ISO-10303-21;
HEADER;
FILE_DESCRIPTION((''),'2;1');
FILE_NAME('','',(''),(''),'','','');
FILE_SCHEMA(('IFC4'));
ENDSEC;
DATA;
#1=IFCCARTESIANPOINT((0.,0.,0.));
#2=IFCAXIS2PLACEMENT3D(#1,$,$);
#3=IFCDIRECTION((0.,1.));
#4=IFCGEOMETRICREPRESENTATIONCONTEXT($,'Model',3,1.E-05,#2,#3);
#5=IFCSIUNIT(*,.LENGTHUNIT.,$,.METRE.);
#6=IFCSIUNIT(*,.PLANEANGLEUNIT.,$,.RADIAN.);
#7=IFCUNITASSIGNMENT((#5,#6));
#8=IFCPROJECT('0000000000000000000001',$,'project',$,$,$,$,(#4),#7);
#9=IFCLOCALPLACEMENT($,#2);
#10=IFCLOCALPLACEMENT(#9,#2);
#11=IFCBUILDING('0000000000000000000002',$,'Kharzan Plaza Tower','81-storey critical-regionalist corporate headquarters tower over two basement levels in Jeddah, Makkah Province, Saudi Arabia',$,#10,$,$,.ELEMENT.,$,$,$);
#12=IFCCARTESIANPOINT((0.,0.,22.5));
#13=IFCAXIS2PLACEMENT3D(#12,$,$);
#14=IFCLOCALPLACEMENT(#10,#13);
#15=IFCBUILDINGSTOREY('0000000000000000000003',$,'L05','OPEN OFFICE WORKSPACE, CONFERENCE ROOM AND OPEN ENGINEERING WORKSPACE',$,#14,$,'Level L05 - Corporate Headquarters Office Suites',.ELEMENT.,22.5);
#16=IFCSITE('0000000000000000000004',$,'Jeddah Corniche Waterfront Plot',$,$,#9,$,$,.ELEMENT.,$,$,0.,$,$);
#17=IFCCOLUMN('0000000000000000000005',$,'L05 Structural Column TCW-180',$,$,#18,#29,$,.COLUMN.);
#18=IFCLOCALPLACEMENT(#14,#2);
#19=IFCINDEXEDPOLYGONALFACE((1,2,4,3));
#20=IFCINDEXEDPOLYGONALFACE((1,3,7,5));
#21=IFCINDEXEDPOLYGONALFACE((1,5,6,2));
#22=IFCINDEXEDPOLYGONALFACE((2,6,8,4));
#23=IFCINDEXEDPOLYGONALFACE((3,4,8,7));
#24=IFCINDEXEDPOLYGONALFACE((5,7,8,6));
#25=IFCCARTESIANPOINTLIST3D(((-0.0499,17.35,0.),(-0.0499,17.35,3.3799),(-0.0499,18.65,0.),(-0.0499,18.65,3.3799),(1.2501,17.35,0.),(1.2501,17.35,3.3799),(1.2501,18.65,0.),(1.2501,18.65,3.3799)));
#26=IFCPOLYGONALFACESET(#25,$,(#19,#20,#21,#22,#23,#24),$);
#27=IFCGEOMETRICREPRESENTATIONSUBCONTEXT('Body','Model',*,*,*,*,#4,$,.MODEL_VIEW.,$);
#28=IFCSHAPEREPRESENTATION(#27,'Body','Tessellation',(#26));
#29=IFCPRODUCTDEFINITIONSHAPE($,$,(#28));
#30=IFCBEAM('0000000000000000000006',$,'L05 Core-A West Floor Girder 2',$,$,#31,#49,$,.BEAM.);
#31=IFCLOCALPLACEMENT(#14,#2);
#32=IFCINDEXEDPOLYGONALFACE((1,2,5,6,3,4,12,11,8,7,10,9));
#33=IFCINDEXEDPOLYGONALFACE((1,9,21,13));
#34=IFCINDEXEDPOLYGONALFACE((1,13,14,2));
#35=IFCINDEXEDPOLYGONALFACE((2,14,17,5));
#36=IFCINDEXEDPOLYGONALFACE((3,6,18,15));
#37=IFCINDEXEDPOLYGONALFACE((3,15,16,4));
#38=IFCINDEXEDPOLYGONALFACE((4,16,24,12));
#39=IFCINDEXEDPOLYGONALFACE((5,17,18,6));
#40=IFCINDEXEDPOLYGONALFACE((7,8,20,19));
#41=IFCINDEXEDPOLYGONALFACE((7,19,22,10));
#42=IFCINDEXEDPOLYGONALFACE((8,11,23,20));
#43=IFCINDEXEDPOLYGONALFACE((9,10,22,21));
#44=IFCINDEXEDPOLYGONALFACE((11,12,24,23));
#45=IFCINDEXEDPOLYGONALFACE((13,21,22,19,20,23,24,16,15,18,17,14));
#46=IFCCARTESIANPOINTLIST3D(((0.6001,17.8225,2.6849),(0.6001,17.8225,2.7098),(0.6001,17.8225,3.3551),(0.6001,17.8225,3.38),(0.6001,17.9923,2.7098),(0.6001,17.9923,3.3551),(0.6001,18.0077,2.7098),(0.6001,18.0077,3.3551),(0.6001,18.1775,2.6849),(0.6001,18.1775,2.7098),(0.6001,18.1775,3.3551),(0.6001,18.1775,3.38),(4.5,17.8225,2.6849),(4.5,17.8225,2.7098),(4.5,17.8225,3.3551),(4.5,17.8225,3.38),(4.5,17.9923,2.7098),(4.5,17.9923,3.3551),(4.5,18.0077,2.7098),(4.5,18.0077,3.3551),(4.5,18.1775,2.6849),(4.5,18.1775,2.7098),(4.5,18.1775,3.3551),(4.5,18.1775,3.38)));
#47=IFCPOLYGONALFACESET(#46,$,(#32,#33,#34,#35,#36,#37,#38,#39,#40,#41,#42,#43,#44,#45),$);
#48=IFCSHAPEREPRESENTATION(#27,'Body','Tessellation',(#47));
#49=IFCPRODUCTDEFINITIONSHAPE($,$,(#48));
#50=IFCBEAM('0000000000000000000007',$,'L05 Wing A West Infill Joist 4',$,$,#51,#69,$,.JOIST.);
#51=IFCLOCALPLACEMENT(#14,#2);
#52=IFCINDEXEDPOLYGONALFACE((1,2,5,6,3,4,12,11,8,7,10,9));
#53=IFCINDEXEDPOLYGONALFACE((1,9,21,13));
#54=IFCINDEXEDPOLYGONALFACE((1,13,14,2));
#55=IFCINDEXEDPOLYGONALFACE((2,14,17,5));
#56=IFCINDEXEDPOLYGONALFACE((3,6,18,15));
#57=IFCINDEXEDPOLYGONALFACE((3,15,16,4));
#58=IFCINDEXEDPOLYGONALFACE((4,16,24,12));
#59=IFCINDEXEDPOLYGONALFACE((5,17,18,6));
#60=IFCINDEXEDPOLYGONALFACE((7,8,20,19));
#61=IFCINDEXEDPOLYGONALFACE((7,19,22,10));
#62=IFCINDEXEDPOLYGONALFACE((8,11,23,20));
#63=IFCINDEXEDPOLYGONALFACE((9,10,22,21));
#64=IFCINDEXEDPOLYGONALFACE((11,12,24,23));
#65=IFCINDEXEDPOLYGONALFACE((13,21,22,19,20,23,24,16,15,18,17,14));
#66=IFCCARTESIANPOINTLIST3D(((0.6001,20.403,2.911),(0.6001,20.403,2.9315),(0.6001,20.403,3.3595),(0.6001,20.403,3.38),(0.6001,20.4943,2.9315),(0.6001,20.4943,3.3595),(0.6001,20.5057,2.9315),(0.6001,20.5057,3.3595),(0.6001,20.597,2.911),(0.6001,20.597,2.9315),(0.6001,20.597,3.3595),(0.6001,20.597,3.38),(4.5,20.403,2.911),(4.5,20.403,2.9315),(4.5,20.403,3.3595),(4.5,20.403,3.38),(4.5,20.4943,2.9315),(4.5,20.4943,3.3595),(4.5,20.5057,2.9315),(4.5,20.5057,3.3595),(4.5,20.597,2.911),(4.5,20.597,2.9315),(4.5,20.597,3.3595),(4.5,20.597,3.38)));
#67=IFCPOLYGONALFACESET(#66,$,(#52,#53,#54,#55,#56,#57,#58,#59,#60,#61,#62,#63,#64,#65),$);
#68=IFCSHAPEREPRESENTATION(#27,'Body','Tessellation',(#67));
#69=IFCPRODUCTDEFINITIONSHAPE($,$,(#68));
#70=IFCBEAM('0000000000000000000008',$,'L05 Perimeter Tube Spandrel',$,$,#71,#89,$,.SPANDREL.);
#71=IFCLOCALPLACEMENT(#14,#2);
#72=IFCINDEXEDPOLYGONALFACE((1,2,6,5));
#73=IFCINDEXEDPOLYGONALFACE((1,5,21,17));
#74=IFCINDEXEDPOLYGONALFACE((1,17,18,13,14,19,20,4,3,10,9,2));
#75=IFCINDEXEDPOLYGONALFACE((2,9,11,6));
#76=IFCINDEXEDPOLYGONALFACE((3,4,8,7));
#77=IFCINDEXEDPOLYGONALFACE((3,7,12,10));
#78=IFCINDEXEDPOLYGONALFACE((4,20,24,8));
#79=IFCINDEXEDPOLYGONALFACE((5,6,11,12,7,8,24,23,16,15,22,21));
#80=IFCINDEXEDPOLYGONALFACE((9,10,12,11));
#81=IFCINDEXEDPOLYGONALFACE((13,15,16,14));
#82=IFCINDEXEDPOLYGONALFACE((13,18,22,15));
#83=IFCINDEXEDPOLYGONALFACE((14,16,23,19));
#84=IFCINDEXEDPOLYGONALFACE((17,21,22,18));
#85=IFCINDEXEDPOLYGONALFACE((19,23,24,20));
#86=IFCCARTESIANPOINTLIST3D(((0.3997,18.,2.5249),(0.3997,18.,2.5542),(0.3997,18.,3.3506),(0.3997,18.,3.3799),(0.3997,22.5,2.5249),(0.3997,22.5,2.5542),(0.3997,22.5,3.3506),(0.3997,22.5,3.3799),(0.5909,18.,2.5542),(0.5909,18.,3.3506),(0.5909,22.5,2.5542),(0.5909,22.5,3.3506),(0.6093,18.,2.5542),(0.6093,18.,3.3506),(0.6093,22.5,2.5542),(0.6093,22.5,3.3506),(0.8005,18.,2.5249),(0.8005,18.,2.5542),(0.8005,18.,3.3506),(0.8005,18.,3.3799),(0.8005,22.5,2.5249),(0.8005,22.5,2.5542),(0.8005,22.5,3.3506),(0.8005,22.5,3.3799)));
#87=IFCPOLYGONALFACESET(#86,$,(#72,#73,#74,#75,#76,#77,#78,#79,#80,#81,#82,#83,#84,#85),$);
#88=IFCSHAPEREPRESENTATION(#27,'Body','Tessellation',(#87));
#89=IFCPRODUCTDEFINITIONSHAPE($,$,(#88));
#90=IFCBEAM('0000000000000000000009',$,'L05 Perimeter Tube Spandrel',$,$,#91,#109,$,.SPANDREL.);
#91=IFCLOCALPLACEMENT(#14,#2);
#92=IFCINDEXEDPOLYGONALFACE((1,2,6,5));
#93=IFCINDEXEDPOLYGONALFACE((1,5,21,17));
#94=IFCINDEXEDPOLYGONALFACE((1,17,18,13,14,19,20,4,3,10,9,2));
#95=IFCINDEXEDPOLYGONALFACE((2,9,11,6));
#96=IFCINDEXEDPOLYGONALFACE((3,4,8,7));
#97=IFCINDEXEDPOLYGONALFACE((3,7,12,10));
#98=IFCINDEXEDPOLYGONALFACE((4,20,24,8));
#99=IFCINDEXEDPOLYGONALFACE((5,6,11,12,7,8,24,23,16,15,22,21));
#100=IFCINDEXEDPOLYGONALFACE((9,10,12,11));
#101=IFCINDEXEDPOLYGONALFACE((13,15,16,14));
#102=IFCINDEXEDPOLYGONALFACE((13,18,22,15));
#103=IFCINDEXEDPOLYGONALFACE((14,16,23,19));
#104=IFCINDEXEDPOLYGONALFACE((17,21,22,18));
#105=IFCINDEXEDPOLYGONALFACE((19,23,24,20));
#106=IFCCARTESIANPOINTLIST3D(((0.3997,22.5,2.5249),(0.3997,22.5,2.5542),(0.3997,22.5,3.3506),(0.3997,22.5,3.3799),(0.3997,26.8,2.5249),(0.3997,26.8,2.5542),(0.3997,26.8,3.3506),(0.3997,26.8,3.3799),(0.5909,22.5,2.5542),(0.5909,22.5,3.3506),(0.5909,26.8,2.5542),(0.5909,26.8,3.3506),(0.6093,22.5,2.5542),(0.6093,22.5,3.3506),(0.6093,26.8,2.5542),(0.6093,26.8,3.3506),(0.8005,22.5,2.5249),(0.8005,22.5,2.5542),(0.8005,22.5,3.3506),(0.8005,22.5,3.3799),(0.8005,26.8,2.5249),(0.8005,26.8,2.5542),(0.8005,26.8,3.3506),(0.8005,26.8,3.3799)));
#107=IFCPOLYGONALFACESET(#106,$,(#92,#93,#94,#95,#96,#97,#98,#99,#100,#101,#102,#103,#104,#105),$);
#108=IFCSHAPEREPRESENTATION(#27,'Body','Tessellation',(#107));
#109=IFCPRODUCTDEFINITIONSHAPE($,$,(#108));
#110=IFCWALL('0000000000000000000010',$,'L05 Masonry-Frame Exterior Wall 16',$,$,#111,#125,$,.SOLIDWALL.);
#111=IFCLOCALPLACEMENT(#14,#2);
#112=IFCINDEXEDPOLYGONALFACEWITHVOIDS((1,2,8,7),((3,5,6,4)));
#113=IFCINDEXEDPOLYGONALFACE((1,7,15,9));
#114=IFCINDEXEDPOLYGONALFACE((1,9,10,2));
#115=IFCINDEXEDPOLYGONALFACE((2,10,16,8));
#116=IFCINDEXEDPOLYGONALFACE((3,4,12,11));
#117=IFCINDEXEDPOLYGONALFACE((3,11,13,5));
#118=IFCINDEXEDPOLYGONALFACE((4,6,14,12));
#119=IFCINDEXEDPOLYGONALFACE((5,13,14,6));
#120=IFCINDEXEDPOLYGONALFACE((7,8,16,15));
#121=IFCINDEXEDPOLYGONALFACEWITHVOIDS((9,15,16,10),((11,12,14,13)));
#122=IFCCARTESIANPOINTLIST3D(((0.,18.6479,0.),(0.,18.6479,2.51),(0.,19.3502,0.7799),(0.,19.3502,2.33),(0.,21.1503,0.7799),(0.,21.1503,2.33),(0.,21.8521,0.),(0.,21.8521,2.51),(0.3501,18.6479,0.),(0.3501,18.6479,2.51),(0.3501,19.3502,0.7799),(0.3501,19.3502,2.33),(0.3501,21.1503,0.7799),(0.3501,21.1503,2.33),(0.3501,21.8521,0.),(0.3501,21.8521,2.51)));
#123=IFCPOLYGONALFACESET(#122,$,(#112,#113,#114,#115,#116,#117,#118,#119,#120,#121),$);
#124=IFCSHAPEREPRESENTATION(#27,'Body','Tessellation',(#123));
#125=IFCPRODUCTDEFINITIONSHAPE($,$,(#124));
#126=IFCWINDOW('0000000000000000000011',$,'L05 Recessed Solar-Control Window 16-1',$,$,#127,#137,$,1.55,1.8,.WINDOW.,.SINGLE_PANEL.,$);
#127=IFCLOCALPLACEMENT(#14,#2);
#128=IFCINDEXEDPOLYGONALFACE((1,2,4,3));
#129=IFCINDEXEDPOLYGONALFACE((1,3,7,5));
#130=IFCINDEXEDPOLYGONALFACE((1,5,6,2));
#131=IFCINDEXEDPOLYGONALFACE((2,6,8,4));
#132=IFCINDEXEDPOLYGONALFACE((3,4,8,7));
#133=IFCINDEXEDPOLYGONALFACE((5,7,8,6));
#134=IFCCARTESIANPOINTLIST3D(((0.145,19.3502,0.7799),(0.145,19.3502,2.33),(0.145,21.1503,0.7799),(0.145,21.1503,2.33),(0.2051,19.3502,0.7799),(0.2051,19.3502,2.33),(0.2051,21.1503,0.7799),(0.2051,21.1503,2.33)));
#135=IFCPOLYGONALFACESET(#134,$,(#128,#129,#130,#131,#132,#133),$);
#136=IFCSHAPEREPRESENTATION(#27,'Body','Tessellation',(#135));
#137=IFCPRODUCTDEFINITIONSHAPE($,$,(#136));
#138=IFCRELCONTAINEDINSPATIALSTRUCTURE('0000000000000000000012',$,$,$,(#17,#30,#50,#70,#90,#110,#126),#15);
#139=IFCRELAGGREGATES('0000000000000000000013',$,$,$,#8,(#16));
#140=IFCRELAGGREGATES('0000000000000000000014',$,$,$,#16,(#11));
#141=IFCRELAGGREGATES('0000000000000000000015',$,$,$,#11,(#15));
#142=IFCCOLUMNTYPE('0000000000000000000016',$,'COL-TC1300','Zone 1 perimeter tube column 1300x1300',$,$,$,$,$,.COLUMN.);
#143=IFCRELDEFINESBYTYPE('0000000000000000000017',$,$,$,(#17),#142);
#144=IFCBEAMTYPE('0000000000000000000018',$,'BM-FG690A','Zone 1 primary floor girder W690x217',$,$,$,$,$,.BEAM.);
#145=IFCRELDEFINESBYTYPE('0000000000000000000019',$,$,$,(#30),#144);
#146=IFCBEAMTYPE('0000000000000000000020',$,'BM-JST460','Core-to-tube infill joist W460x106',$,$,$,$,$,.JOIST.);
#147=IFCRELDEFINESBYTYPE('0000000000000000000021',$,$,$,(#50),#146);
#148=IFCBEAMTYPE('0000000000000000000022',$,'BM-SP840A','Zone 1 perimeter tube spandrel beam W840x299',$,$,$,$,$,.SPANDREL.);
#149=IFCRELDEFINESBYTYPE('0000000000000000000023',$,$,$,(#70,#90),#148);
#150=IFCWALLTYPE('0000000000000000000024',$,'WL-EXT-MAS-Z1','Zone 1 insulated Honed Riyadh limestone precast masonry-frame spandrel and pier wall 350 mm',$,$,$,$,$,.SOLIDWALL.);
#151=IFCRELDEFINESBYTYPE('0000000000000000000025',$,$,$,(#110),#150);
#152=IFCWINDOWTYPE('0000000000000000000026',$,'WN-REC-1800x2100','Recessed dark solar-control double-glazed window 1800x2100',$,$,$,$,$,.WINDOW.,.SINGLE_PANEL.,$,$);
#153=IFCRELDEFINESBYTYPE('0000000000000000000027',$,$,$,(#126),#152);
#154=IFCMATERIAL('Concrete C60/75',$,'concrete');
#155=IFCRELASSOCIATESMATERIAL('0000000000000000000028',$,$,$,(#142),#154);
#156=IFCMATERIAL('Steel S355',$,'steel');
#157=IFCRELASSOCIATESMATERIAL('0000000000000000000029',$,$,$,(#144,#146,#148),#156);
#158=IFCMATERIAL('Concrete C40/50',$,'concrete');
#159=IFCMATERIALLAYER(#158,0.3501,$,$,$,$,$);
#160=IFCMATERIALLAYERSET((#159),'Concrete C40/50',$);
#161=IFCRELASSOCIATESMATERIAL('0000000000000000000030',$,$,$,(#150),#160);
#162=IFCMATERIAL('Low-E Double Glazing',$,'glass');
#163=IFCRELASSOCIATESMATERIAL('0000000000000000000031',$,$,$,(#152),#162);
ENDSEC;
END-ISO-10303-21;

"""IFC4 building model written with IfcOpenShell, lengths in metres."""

from ifc_helpers import new_model, si_unit, direction, frame, frame_2d, origin, origin_2d, place, context, subcontext, project, spatial, rectangle, i_section, extrude, source, transform, mapped, material, layer, layer_set, material_profile, profile_set, type_object, element, fill, save


model = new_model("IFC4")

# Units and contexts
model_context = context("Model", 3, precision=1e-05, world=origin(), true_north=direction((0.0, 1.0)))
body_context = subcontext(model_context, "Body", "Model", "MODEL_VIEW")
ifc_project = project(units=[si_unit("LENGTHUNIT", "METRE"), si_unit("PLANEANGLEUNIT", "RADIAN")], contexts=[model_context])

# Site, building, storey
site_placement = place(None, origin())
site = spatial("IfcSite", under=ifc_project, at=site_placement, Name="Jeddah Corniche Waterfront Plot", CompositionType="ELEMENT", RefElevation=0.0)
building_placement = place(site_placement, origin())
building = spatial("IfcBuilding", under=site, at=building_placement, Name="Kharzan Plaza Tower", Description="81-storey critical-regionalist corporate headquarters tower over two basement levels in Jeddah, Makkah Province, Saudi Arabia", CompositionType="ELEMENT")
storey_placement = place(building_placement, frame((0.0, 0.0, 22.5)))
storey = spatial("IfcBuildingStorey", under=building, at=storey_placement, Name="L05", Description="OPEN OFFICE WORKSPACE, CONFERENCE ROOM AND OPEN ENGINEERING WORKSPACE", LongName="Level L05 - Corporate Headquarters Office Suites", CompositionType="ELEMENT", Elevation=22.5)

# Column
ifc_material_1 = material(Name="Concrete C60/75", Category="concrete")
ifc_material_profile_1 = material_profile(ifc_material_1, rectangle(XDim=1.3, YDim=1.3, at=origin_2d()), Name="RC-TC1300x1300")
ifc_profile_set_1 = profile_set([ifc_material_profile_1], Name="Concrete C60/75")
column_type = type_object("IfcColumnType", Name="COL-TC1300", Description="Zone 1 perimeter tube column 1300x1300", PredefinedType="COLUMN", material=ifc_profile_set_1)
shared_shape_1 = source(origin(), body_context, "Body", "SweptSolid", [
    extrude(rectangle(XDim=1.3, YDim=1.3, at=origin_2d()), origin(), (0.0, 0.0, 1.0), 3.3799),
])
column_placement = place(storey_placement, frame((0.6001, 18.0, 0.0), z_axis=(0.0, 0.0, 1.0), x_axis=(1.0, 0.0, 0.0)))
element("IfcColumn", 1, at=column_placement, inside=storey, type_object=column_type, Name="L05 Structural Column TCW-180", PredefinedType="COLUMN", context=body_context, shape_type="MappedRepresentation", body=[
    mapped(shared_shape_1, transform((0.0, 0.0, 0.0), x_axis=(1.0, 0.0, 0.0), y_axis=(0.0, 1.0, 0.0), z_axis=(0.0, 0.0, 1.0))),
])

# Beams
ifc_material_2 = material(Name="Steel S355", Category="steel")
ifc_material_profile_2 = material_profile(ifc_material_2, i_section(OverallWidth=0.355, OverallDepth=0.6951, WebThickness=0.0154, FlangeThickness=0.0249, at=origin_2d()), Name="W690x217")
ifc_profile_set_2 = profile_set([ifc_material_profile_2], Name="Steel S355")
beam_type_1 = type_object("IfcBeamType", Name="BM-FG690A", Description="Zone 1 primary floor girder W690x217", PredefinedType="BEAM", material=ifc_profile_set_2)
shared_shape_2 = source(origin(), body_context, "Body", "SweptSolid", [
    extrude(i_section(OverallWidth=0.355, OverallDepth=0.6951, WebThickness=0.0154, FlangeThickness=0.0249, at=origin_2d()), origin(), (0.0, 0.0, 1.0), 3.8999),
])
beam_1_placement = place(storey_placement, frame((0.6001, 18.0, 3.0325), z_axis=(1.0, 0.0, 0.0), x_axis=(0.0, 1.0, 0.0)))
element("IfcBeam", 2, at=beam_1_placement, inside=storey, type_object=beam_type_1, Name="L05 Core-A West Floor Girder 2", PredefinedType="BEAM", context=body_context, shape_type="MappedRepresentation", body=[
    mapped(shared_shape_2, transform((0.0, 0.0, 0.0), x_axis=(1.0, 0.0, 0.0), y_axis=(0.0, 1.0, 0.0), z_axis=(0.0, 0.0, 1.0))),
])
ifc_material_profile_3 = material_profile(ifc_material_2, i_section(OverallWidth=0.1941, OverallDepth=0.469, WebThickness=0.0115, FlangeThickness=0.0205, at=origin_2d()), Name="W460x106")
ifc_profile_set_3 = profile_set([ifc_material_profile_3], Name="Steel S355")
beam_type_2 = type_object("IfcBeamType", Name="BM-JST460", Description="Core-to-tube infill joist W460x106", PredefinedType="JOIST", material=ifc_profile_set_3)
shared_shape_3 = source(origin(), body_context, "Body", "SweptSolid", [
    extrude(i_section(OverallWidth=0.1941, OverallDepth=0.469, WebThickness=0.0115, FlangeThickness=0.0205, at=origin_2d()), origin(), (0.0, 0.0, 1.0), 3.8999),
])
beam_2_placement = place(storey_placement, frame((0.6001, 20.5, 3.1455), z_axis=(1.0, 0.0, 0.0), x_axis=(0.0, 1.0, 0.0)))
element("IfcBeam", 3, at=beam_2_placement, inside=storey, type_object=beam_type_2, Name="L05 Wing A West Infill Joist 4", PredefinedType="JOIST", context=body_context, shape_type="MappedRepresentation", body=[
    mapped(shared_shape_3, transform((0.0, 0.0, 0.0), x_axis=(1.0, 0.0, 0.0), y_axis=(0.0, 1.0, 0.0), z_axis=(0.0, 0.0, 1.0))),
])
ifc_material_profile_4 = material_profile(ifc_material_2, i_section(OverallWidth=0.4009, OverallDepth=0.855, WebThickness=0.0183, FlangeThickness=0.0293, at=origin_2d()), Name="W840x299")
ifc_profile_set_4 = profile_set([ifc_material_profile_4], Name="Steel S355")
beam_type_3 = type_object("IfcBeamType", Name="BM-SP840A", Description="Zone 1 perimeter tube spandrel beam W840x299", PredefinedType="SPANDREL", material=ifc_profile_set_4)
shared_shape_4 = source(origin(), body_context, "Body", "SweptSolid", [
    extrude(i_section(OverallWidth=0.4009, OverallDepth=0.855, WebThickness=0.0183, FlangeThickness=0.0293, at=origin_2d()), origin(), (0.0, 0.0, 1.0), 4.5),
])
beam_3_placement = place(storey_placement, frame((0.6001, 18.0, 2.9524), z_axis=(0.0, 1.0, 0.0), x_axis=(-1.0, 0.0, 0.0)))
element("IfcBeam", 4, at=beam_3_placement, inside=storey, type_object=beam_type_3, Name="L05 Perimeter Tube Spandrel", PredefinedType="SPANDREL", context=body_context, shape_type="MappedRepresentation", body=[
    mapped(shared_shape_4, transform((0.0, 0.0, 0.0), x_axis=(1.0, 0.0, 0.0), y_axis=(0.0, 1.0, 0.0), z_axis=(0.0, 0.0, 1.0))),
])
shared_shape_5 = source(origin(), body_context, "Body", "SweptSolid", [
    extrude(i_section(OverallWidth=0.4009, OverallDepth=0.855, WebThickness=0.0183, FlangeThickness=0.0293, at=origin_2d()), origin(), (0.0, 0.0, 1.0), 4.3),
])
beam_4_placement = place(storey_placement, frame((0.6001, 22.5, 2.9524), z_axis=(0.0, 1.0, 0.0), x_axis=(-1.0, 0.0, 0.0)))
element("IfcBeam", 5, at=beam_4_placement, inside=storey, type_object=beam_type_3, Name="L05 Perimeter Tube Spandrel", PredefinedType="SPANDREL", context=body_context, shape_type="MappedRepresentation", body=[
    mapped(shared_shape_5, transform((0.0, 0.0, 0.0), x_axis=(1.0, 0.0, 0.0), y_axis=(0.0, 1.0, 0.0), z_axis=(0.0, 0.0, 1.0))),
])

# Wall, opening, window
ifc_material_3 = material(Name="Concrete C40/50", Category="concrete")
ifc_layer_1 = layer(ifc_material_3, 0.3501)
ifc_layer_set_1 = layer_set([ifc_layer_1], Name="Concrete C40/50")
wall_type_1 = type_object("IfcWallType", Name="WL-EXT-MAS-Z1", Description="Zone 1 insulated Honed Riyadh limestone precast masonry-frame spandrel and pier wall 350 mm", PredefinedType="SOLIDWALL", material=ifc_layer_set_1)
wall_1_placement = place(storey_placement, frame((0.175, 21.8521, 0.0), z_axis=(0.0, 0.0, 1.0), x_axis=(0.0, -1.0, 0.0)))
wall_1 = element("IfcWall", 6, at=wall_1_placement, inside=storey, type_object=wall_type_1, Name="L05 Masonry-Frame Exterior Wall 16", PredefinedType="SOLIDWALL", context=body_context, shape_type="SweptSolid", body=[
    extrude(rectangle(XDim=3.2041, YDim=0.3501, at=frame_2d((1.6021, 0.0))), origin(), (0.0, 0.0, 1.0), 2.51),
])
opening_1_placement = place(wall_1_placement, frame((0.7019, 0.0, 0.78)))
opening_1 = element("IfcOpeningElement", 7, at=opening_1_placement, cuts=wall_1, PredefinedType="OPENING", context=body_context, shape_type="SweptSolid", body=[
    extrude(rectangle(XDim=1.8, YDim=1.55, at=frame_2d((0.8999, 0.7749))), frame((0.0, 0.1851, 0.0), z_axis=(0.0, -1.0, 0.0), x_axis=(1.0, 0.0, 0.0)), (0.0, 0.0, 1.0), 0.3701),
])
ifc_material_4 = material(Name="Low-E Double Glazing", Category="glass")
window_type = type_object("IfcWindowType", Name="WN-REC-1800x2100", Description="Recessed dark solar-control double-glazed window 1800x2100", PartitioningType="SINGLE_PANEL", PredefinedType="WINDOW", material=ifc_material_4)
shared_shape_6 = source(origin(), body_context, "Body", "SweptSolid", [
    extrude(rectangle(XDim=1.8, YDim=1.55, at=frame_2d((0.8999, 0.7749))), frame((0.0, 0.03, 0.0), z_axis=(0.0, -1.0, 0.0), x_axis=(1.0, 0.0, 0.0)), (0.0, 0.0, 1.0), 0.0601),
])
window_placement = place(opening_1_placement, origin())
window = element("IfcWindow", 8, at=window_placement, inside=storey, type_object=window_type, Name="L05 Recessed Solar-Control Window 16-1", OverallHeight=1.55, OverallWidth=1.8, PartitioningType="SINGLE_PANEL", PredefinedType="WINDOW", context=body_context, shape_type="MappedRepresentation", body=[
    mapped(shared_shape_6, transform((0.0, 0.0, 0.0), x_axis=(1.0, 0.0, 0.0), y_axis=(0.0, 1.0, 0.0), z_axis=(0.0, 0.0, 1.0))),
])
fill(opening_1, window)

save(model, "model.ifc")
